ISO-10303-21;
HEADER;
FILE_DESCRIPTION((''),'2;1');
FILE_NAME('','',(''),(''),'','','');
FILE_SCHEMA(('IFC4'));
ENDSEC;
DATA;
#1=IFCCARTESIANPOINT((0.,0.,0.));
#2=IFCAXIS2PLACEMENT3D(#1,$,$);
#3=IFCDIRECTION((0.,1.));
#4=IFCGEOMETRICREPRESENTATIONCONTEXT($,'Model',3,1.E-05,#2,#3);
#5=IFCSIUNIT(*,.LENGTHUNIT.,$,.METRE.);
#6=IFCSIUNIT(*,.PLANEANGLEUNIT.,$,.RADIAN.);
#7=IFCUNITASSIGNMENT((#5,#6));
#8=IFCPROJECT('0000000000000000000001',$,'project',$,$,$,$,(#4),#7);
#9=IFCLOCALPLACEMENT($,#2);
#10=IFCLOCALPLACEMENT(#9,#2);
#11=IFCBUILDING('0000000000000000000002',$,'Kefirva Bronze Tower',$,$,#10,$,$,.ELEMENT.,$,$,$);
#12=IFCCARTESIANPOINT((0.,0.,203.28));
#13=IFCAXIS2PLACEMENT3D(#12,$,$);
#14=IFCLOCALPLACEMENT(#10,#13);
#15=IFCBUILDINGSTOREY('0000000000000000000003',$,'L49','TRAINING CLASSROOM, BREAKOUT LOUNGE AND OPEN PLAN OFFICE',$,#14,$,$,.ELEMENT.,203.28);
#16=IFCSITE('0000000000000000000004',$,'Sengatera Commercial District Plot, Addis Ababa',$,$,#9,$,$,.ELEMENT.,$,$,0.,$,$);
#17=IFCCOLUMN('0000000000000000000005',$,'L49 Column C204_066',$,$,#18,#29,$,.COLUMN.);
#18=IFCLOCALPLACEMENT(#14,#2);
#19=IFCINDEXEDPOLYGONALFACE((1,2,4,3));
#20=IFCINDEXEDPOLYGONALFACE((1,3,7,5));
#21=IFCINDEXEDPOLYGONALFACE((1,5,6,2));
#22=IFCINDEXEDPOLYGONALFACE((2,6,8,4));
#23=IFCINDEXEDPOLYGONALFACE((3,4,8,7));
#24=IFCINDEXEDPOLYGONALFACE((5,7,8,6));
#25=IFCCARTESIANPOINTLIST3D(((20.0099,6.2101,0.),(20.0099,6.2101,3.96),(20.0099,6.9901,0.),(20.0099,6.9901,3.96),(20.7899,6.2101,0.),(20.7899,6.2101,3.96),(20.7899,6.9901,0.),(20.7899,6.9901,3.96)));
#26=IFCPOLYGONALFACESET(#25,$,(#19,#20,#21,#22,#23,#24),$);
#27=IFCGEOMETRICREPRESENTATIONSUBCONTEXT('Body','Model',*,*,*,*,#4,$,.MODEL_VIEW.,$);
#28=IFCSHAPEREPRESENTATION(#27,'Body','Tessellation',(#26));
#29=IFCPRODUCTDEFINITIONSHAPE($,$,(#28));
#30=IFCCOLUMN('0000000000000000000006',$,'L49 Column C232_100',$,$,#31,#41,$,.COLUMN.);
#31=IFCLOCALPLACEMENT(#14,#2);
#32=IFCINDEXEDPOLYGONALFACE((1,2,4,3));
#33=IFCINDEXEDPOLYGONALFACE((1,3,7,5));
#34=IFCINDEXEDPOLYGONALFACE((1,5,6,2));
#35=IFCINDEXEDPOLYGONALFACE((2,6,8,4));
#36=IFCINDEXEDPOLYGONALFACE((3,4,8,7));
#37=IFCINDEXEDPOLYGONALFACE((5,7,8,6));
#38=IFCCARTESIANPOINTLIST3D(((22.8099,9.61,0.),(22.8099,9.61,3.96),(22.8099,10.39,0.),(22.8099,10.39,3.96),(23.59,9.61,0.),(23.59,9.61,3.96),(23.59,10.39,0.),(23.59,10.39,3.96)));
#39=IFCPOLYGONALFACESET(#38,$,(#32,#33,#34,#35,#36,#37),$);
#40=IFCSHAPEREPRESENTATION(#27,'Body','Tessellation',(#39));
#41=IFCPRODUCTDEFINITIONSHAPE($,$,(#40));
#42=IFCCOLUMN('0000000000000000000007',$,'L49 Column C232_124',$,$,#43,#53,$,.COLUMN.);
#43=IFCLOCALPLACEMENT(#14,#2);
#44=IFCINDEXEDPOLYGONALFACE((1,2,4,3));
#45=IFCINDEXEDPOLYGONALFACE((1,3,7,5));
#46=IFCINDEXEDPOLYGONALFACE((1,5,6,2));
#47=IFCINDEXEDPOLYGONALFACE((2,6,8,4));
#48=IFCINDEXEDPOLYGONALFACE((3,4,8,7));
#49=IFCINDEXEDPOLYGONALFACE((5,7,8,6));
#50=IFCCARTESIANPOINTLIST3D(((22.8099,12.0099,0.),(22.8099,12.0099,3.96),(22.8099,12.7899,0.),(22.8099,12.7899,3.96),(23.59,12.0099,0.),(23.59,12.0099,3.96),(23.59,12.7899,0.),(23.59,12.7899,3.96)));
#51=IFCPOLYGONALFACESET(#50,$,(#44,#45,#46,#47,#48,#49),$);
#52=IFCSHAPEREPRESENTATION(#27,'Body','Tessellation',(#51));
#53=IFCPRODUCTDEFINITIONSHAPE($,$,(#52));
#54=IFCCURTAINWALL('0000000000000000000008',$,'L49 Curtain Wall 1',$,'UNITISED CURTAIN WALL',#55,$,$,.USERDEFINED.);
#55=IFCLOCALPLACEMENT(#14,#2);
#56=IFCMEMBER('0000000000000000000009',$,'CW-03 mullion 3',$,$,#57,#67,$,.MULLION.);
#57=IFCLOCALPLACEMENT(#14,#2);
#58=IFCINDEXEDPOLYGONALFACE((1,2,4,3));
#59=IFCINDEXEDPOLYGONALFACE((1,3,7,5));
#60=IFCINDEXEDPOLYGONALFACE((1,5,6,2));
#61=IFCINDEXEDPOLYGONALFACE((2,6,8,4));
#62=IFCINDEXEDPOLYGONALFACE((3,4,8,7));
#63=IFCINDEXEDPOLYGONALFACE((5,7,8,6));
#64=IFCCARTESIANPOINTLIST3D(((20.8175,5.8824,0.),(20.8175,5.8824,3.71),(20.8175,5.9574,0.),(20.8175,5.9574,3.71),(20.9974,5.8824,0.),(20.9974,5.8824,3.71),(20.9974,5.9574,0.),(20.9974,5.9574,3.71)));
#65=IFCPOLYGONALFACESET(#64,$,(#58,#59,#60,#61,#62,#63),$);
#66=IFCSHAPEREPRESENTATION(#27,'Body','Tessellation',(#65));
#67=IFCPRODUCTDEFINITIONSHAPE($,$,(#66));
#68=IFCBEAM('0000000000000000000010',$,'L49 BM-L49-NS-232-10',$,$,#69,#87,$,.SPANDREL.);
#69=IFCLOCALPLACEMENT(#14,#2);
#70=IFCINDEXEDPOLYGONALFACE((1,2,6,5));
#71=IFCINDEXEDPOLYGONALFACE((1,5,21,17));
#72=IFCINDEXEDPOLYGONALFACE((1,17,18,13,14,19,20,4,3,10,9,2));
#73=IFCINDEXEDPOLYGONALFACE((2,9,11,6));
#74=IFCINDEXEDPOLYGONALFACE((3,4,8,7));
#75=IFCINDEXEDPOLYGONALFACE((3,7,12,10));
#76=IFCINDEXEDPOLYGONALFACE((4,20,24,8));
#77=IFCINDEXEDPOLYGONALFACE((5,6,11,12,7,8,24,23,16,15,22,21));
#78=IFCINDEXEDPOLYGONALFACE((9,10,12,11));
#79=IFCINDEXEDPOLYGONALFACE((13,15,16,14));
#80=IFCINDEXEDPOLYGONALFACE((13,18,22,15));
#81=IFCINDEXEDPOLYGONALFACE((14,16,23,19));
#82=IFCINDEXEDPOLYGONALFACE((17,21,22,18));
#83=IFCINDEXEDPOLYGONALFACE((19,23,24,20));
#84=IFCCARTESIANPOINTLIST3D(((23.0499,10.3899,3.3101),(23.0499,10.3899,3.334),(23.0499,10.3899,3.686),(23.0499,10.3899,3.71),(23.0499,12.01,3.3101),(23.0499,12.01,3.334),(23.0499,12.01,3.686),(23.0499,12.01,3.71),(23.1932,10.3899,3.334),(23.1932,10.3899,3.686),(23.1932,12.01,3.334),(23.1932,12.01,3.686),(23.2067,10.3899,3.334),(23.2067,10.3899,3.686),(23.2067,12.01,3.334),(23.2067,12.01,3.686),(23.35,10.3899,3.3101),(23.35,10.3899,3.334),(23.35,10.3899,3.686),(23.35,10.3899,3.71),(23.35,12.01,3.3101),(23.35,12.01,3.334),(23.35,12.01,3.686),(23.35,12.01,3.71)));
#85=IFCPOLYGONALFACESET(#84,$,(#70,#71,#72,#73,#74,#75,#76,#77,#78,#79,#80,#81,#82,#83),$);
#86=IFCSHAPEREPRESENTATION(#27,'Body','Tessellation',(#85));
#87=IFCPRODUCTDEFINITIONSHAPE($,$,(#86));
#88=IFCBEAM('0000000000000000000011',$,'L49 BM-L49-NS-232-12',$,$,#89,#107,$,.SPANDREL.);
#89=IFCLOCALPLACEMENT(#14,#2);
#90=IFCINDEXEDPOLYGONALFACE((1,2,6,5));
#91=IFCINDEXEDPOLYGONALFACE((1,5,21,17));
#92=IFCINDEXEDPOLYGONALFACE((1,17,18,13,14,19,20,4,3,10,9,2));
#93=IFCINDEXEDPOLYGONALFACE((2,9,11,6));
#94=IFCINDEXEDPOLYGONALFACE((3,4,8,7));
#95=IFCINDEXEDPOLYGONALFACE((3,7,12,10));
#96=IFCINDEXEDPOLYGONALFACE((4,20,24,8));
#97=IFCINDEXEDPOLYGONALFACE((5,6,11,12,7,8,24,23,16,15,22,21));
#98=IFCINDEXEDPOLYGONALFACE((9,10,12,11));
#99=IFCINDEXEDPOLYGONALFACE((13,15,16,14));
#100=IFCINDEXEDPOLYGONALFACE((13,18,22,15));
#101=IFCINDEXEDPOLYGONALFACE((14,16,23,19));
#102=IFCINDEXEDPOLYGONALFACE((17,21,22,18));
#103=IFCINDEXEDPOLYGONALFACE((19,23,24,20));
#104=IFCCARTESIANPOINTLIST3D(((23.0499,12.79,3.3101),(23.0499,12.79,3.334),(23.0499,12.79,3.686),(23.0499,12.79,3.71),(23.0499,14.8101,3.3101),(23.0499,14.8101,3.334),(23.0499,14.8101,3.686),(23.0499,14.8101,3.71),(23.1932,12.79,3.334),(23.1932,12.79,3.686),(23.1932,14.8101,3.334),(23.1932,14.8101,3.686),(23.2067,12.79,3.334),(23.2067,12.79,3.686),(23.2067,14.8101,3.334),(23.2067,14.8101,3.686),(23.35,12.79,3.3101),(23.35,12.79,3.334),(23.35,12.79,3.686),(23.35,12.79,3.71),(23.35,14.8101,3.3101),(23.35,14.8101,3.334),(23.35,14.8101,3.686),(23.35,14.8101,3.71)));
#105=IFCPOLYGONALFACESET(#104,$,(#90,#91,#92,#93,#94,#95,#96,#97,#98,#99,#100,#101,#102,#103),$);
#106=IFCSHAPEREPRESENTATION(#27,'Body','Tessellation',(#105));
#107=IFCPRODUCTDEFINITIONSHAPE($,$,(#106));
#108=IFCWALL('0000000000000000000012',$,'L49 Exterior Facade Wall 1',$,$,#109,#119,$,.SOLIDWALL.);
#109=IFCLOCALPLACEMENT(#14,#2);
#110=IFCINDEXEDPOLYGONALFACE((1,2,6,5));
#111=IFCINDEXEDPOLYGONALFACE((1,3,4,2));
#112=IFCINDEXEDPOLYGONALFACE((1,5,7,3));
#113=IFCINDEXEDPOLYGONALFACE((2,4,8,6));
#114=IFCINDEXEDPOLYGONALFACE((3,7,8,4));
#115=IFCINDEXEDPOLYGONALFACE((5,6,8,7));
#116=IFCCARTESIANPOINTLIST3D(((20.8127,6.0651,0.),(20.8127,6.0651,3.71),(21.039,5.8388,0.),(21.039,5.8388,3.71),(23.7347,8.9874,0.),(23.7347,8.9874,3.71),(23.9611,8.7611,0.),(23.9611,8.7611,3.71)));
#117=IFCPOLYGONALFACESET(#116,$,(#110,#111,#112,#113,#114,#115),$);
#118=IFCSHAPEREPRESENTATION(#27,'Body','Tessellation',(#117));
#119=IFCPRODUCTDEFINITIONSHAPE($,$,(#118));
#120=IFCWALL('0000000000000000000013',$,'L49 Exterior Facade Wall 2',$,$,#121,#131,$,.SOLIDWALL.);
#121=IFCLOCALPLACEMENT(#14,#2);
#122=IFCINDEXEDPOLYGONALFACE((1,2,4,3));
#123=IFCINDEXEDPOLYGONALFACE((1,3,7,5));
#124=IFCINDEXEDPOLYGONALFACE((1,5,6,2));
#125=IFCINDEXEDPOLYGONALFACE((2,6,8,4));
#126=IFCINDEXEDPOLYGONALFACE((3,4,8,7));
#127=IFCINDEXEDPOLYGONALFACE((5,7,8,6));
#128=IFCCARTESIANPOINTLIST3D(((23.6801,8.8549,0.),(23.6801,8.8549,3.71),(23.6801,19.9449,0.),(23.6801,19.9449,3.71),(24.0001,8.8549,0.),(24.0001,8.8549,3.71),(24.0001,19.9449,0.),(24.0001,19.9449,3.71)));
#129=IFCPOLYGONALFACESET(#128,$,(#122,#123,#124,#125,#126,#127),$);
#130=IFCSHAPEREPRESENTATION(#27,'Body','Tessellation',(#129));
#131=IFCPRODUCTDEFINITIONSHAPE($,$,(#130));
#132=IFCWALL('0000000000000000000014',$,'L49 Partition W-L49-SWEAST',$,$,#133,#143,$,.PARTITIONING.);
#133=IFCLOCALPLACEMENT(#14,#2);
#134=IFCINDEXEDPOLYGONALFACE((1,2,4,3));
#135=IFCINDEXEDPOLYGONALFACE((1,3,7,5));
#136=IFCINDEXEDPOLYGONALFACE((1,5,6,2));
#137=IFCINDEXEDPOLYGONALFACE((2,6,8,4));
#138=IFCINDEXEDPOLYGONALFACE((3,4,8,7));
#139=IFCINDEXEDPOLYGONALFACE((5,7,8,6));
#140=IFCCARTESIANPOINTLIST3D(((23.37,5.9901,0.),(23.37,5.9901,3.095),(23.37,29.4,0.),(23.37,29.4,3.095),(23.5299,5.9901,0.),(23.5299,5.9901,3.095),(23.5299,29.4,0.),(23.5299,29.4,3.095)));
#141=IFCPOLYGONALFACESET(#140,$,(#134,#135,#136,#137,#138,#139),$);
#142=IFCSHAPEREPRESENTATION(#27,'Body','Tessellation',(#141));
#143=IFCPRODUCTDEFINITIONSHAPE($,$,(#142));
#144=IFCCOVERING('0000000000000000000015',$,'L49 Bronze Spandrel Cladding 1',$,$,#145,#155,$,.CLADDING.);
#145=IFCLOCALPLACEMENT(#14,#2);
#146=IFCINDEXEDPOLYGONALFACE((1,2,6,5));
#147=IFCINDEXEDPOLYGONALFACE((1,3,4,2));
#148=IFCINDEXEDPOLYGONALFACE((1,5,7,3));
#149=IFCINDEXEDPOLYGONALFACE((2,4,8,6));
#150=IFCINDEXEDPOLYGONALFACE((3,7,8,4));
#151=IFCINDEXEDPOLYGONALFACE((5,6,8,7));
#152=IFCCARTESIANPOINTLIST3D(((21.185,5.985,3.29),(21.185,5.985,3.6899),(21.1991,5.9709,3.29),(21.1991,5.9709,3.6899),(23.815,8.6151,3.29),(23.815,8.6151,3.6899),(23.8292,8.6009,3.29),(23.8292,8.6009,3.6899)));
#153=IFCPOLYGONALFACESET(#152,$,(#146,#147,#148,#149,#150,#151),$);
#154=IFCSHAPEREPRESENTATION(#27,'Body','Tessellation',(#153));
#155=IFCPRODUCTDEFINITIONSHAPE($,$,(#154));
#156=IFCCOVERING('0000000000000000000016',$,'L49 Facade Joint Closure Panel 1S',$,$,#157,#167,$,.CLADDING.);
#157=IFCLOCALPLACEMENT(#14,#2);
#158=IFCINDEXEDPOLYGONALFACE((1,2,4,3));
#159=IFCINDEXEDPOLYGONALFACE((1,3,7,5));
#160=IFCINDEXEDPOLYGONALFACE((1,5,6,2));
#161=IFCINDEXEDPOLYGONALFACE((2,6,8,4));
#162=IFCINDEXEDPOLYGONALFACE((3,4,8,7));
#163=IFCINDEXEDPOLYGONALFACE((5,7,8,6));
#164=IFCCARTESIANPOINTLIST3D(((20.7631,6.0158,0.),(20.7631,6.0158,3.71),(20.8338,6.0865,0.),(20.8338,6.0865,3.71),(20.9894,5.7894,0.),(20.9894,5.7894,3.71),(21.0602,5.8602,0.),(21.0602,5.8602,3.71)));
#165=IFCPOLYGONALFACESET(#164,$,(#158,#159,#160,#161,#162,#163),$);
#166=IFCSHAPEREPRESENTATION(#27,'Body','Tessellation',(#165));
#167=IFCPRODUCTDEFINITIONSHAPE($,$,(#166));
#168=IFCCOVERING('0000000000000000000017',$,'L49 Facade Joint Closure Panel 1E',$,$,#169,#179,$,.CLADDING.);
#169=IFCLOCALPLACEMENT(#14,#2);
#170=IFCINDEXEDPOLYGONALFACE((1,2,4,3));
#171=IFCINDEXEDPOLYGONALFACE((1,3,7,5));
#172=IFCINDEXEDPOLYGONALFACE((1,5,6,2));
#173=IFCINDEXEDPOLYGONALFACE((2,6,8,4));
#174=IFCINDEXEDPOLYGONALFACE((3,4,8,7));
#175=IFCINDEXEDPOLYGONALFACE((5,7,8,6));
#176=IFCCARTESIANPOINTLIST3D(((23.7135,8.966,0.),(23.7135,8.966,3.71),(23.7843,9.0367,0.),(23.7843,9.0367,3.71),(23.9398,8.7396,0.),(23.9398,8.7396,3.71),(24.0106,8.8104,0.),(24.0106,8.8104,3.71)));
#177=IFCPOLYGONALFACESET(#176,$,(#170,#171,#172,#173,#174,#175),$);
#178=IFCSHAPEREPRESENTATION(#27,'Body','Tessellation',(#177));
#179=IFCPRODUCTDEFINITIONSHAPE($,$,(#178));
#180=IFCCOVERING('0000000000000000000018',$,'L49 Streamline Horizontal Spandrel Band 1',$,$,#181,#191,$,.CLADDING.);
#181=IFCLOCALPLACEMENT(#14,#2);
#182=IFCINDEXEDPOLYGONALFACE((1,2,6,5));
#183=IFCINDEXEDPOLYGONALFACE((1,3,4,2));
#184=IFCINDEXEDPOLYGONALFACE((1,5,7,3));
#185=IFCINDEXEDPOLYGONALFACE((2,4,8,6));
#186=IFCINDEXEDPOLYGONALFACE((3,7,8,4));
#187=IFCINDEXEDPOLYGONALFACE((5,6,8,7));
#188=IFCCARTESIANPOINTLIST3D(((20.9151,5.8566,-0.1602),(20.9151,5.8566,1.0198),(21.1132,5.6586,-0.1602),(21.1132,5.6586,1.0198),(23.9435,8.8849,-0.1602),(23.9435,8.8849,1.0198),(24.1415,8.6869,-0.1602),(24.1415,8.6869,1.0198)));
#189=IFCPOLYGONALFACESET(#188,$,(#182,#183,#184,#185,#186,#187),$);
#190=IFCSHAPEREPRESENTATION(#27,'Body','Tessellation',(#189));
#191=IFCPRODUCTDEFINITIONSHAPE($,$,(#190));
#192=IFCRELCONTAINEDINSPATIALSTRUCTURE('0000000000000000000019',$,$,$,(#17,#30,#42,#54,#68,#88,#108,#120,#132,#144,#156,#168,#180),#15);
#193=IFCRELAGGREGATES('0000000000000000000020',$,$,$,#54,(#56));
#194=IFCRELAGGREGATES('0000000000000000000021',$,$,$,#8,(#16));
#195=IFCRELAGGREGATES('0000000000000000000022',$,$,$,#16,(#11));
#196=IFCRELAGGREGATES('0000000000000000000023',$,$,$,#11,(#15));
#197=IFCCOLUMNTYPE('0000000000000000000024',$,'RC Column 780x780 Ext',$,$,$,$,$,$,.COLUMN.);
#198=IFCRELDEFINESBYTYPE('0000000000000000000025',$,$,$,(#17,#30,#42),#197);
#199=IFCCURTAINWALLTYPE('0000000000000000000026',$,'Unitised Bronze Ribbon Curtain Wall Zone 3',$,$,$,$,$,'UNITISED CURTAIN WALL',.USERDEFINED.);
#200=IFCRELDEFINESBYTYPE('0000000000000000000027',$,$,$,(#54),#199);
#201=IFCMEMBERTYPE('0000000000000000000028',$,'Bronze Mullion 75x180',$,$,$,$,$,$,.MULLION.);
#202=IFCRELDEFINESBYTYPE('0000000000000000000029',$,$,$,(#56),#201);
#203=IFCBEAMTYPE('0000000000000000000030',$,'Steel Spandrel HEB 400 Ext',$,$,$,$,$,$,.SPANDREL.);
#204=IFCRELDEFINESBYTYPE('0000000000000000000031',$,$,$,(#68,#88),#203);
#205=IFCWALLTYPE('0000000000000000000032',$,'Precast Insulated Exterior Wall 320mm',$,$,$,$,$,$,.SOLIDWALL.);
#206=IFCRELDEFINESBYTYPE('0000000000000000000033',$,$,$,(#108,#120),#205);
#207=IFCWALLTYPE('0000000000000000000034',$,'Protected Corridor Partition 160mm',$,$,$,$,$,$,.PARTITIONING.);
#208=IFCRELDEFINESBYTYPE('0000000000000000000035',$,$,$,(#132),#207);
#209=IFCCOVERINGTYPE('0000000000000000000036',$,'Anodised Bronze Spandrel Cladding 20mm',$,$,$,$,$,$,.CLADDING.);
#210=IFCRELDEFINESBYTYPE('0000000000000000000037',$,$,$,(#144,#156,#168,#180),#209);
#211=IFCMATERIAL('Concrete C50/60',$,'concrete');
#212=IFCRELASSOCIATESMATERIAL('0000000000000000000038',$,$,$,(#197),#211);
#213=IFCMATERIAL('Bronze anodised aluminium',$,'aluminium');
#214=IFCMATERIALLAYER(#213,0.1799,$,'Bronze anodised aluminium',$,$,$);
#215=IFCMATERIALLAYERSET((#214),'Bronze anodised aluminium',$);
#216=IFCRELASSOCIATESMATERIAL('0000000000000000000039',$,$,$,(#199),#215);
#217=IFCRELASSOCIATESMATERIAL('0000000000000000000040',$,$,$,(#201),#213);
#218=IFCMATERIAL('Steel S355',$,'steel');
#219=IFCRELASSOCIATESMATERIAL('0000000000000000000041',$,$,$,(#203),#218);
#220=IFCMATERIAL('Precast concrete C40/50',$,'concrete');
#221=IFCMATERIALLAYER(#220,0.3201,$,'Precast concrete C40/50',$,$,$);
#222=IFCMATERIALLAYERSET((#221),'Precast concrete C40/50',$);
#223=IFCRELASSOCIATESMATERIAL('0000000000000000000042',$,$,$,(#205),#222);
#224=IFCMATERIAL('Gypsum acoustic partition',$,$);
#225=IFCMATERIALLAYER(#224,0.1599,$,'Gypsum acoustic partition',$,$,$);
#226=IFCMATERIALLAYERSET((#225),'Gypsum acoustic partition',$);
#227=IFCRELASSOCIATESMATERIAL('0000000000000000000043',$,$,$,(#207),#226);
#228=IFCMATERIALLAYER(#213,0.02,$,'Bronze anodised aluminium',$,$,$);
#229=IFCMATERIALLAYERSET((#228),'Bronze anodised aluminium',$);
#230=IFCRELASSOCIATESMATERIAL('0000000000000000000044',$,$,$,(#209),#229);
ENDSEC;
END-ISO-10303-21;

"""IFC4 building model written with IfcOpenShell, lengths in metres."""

from ifc_helpers import new_model, si_unit, direction, frame, frame_2d, origin, origin_2d, place, context, subcontext, project, spatial, rectangle, i_section, extrude, material, layer, layer_set, material_profile, profile_set, type_object, element, aggregate, save


model = new_model("IFC4")

# Units and contexts
model_context = context("Model", 3, precision=1e-05, world=origin(), true_north=direction((0.0, 1.0)))
body_context = subcontext(model_context, "Body", "Model", "MODEL_VIEW")
ifc_project = project(units=[si_unit("LENGTHUNIT", "METRE"), si_unit("PLANEANGLEUNIT", "RADIAN")], contexts=[model_context])

# Site, building, storey
site_placement = place(None, origin())
site = spatial("IfcSite", under=ifc_project, at=site_placement, Name="Sengatera Commercial District Plot, Addis Ababa", CompositionType="ELEMENT", RefElevation=0.0)
building_placement = place(site_placement, origin())
building = spatial("IfcBuilding", under=site, at=building_placement, Name="Kefirva Bronze Tower", CompositionType="ELEMENT")
storey_placement = place(building_placement, frame((0.0, 0.0, 203.28)))
storey = spatial("IfcBuildingStorey", under=building, at=storey_placement, Name="L49", Description="TRAINING CLASSROOM, BREAKOUT LOUNGE AND OPEN PLAN OFFICE", CompositionType="ELEMENT", Elevation=203.28)

# Columns
ifc_material_1 = material(Name="Concrete C50/60", Category="concrete")
ifc_material_profile_1 = material_profile(ifc_material_1, rectangle(XDim=0.78, YDim=0.78, at=origin_2d()), Name="RC 780x780")
ifc_profile_set_1 = profile_set([ifc_material_profile_1], Name="Concrete C50/60")
column_type = type_object("IfcColumnType", Name="RC Column 780x780 Ext", PredefinedType="COLUMN", material=ifc_profile_set_1)
for number, where, z_axis, x_axis, name in (
    (1, (20.3999, 6.6001, 0.0), (0.0, 0.0, 1.0), (1.0, 0.0, 0.0), "L49 Column C204_066"),
    (2, (23.2, 10.0, 0.0), (0.0, 0.0, 1.0), (1.0, 0.0, 0.0), "L49 Column C232_100"),
    (3, (23.2, 12.3999, 0.0), (0.0, 0.0, 1.0), (1.0, 0.0, 0.0), "L49 Column C232_124"),
):
    element("IfcColumn", number, at=place(storey_placement, frame(where, z_axis=z_axis, x_axis=x_axis)), inside=storey, type_object=column_type, Name=name, PredefinedType="COLUMN", context=body_context, shape_type="SweptSolid", body=[
        extrude(rectangle(XDim=0.78, YDim=0.78, at=origin_2d()), origin(), (0.0, 0.0, 1.0), 3.96),
    ])

# Curtain wall, member
ifc_material_2 = material(Name="Bronze anodised aluminium", Category="aluminium")
ifc_layer_1 = layer(ifc_material_2, 0.1799, Name="Bronze anodised aluminium")
ifc_layer_set_1 = layer_set([ifc_layer_1], Name="Bronze anodised aluminium")
curtain_wall_type = type_object("IfcCurtainWallType", Name="Unitised Bronze Ribbon Curtain Wall Zone 3", ElementType="UNITISED CURTAIN WALL", PredefinedType="USERDEFINED", material=ifc_layer_set_1)
curtain_wall_placement = place(storey_placement, origin())
curtain_wall = element("IfcCurtainWall", 4, at=curtain_wall_placement, inside=storey, type_object=curtain_wall_type, Name="L49 Curtain Wall 1", ObjectType="UNITISED CURTAIN WALL", PredefinedType="USERDEFINED")
ifc_material_profile_2 = material_profile(ifc_material_2, rectangle(XDim=0.075, YDim=0.1799, at=origin_2d()), Name="ALU 75x180")
ifc_profile_set_2 = profile_set([ifc_material_profile_2], Name="Bronze anodised aluminium")
member_type = type_object("IfcMemberType", Name="Bronze Mullion 75x180", PredefinedType="MULLION", material=ifc_profile_set_2)
member_placement = place(storey_placement, frame((20.9075, 5.9199, 0.0), z_axis=(0.0, 0.0, 1.0), x_axis=(0.0, 1.0, 0.0)))
member = element("IfcMember", 5, at=member_placement, type_object=member_type, Name="CW-03 mullion 3", PredefinedType="MULLION", context=body_context, shape_type="SweptSolid", body=[
    extrude(rectangle(XDim=0.075, YDim=0.1799, at=origin_2d()), origin(), (0.0, 0.0, 1.0), 3.71),
])
aggregate(curtain_wall, [member])

# Beams
ifc_material_3 = material(Name="Steel S355", Category="steel")
ifc_material_profile_3 = material_profile(ifc_material_3, i_section(OverallWidth=0.3, OverallDepth=0.3999, WebThickness=0.0134, FlangeThickness=0.0239, at=origin_2d()), Name="HEB 400")
ifc_profile_set_3 = profile_set([ifc_material_profile_3], Name="Steel S355")
beam_type = type_object("IfcBeamType", Name="Steel Spandrel HEB 400 Ext", PredefinedType="SPANDREL", material=ifc_profile_set_3)
beam_1_placement = place(storey_placement, frame((23.2, 10.3899, 3.51), z_axis=(0.0, 1.0, 0.0), x_axis=(-1.0, 0.0, 0.0)))
element("IfcBeam", 6, at=beam_1_placement, inside=storey, type_object=beam_type, Name="L49 BM-L49-NS-232-10", PredefinedType="SPANDREL", context=body_context, shape_type="SweptSolid", body=[
    extrude(i_section(OverallWidth=0.3, OverallDepth=0.3999, WebThickness=0.0134, FlangeThickness=0.0239, at=origin_2d()), origin(), (0.0, 0.0, 1.0), 1.6201),
])
beam_2_placement = place(storey_placement, frame((23.2, 12.79, 3.51), z_axis=(0.0, 1.0, 0.0), x_axis=(-1.0, 0.0, 0.0)))
element("IfcBeam", 7, at=beam_2_placement, inside=storey, type_object=beam_type, Name="L49 BM-L49-NS-232-12", PredefinedType="SPANDREL", context=body_context, shape_type="SweptSolid", body=[
    extrude(i_section(OverallWidth=0.3, OverallDepth=0.3999, WebThickness=0.0134, FlangeThickness=0.0239, at=origin_2d()), origin(), (0.0, 0.0, 1.0), 2.02),
])

# Walls
ifc_material_4 = material(Name="Precast concrete C40/50", Category="concrete")
ifc_layer_2 = layer(ifc_material_4, 0.3201, Name="Precast concrete C40/50")
ifc_layer_set_2 = layer_set([ifc_layer_2], Name="Precast concrete C40/50")
wall_type_1 = type_object("IfcWallType", Name="Precast Insulated Exterior Wall 320mm", PredefinedType="SOLIDWALL", material=ifc_layer_set_2)
wall_1_placement = place(storey_placement, frame((20.9258, 5.9519, 0.0), z_axis=(0.0, 0.0, 1.0), x_axis=(0.707077, 0.707136, 0.0)))
element("IfcWall", 8, at=wall_1_placement, inside=storey, type_object=wall_type_1, Name="L49 Exterior Facade Wall 1", PredefinedType="SOLIDWALL", context=body_context, shape_type="SweptSolid", body=[
    extrude(rectangle(XDim=4.1326, YDim=0.3201, at=frame_2d((2.0664, 0.0))), origin(), (0.0, 0.0, 1.0), 3.71),
])
wall_2_placement = place(storey_placement, frame((23.8401, 8.855, 0.0), z_axis=(0.0, 0.0, 1.0), x_axis=(0.0, 1.0, 0.0)))
element("IfcWall", 9, at=wall_2_placement, inside=storey, type_object=wall_type_1, Name="L49 Exterior Facade Wall 2", PredefinedType="SOLIDWALL", context=body_context, shape_type="SweptSolid", body=[
    extrude(rectangle(XDim=11.0901, YDim=0.3201, at=frame_2d((5.5449, 0.0))), origin(), (0.0, 0.0, 1.0), 3.71),
])
ifc_material_5 = material(Name="Gypsum acoustic partition")
ifc_layer_3 = layer(ifc_material_5, 0.1599, Name="Gypsum acoustic partition")
ifc_layer_set_3 = layer_set([ifc_layer_3], Name="Gypsum acoustic partition")
wall_type_2 = type_object("IfcWallType", Name="Protected Corridor Partition 160mm", PredefinedType="PARTITIONING", material=ifc_layer_set_3)
wall_3_placement = place(storey_placement, frame((23.45, 5.99, 0.0), z_axis=(0.0, 0.0, 1.0), x_axis=(0.0, 1.0, 0.0)))
element("IfcWall", 10, at=wall_3_placement, inside=storey, type_object=wall_type_2, Name="L49 Partition W-L49-SWEAST", PredefinedType="PARTITIONING", context=body_context, shape_type="SweptSolid", body=[
    extrude(rectangle(XDim=23.4099, YDim=0.1599, at=frame_2d((11.7051, 0.0))), origin(), (0.0, 0.0, 1.0), 3.095),
])

# Coverings
ifc_layer_4 = layer(ifc_material_2, 0.02, Name="Bronze anodised aluminium")
ifc_layer_set_4 = layer_set([ifc_layer_4], Name="Bronze anodised aluminium")
covering_type_1 = type_object("IfcCoveringType", Name="Anodised Bronze Spandrel Cladding 20mm", PredefinedType="CLADDING", material=ifc_layer_set_4)
covering_1_placement = place(storey_placement, frame((22.5071, 7.293, 3.29), z_axis=(0.0, 0.0, 1.0), x_axis=(0.707107, 0.707107, 0.0)))
element("IfcCovering", 11, at=covering_1_placement, inside=storey, type_object=covering_type_1, Name="L49 Bronze Spandrel Cladding 1", PredefinedType="CLADDING", context=body_context, shape_type="SweptSolid", body=[
    extrude(rectangle(XDim=3.7195, YDim=0.02, at=origin_2d()), origin(), (0.0, 0.0, 1.0), 0.3999),
])
for number, where, z_axis, x_axis, name in (
    (12, (20.9116, 5.938, 0.0), (0.0, 0.0, 1.0), (0.707107, 0.707107, 0.0), "L49 Facade Joint Closure Panel 1S"),
    (13, (23.8621, 8.8882, 0.0), (0.0, 0.0, 1.0), (0.707107, 0.707107, 0.0), "L49 Facade Joint Closure Panel 1E"),
):
    element("IfcCovering", number, at=place(storey_placement, frame(where, z_axis=z_axis, x_axis=x_axis)), inside=storey, type_object=covering_type_1, Name=name, PredefinedType="CLADDING", context=body_context, shape_type="SweptSolid", body=[
        extrude(rectangle(XDim=0.1001, YDim=0.3201, at=origin_2d()), origin(), (0.0, 0.0, 1.0), 3.71),
    ])
covering_2_placement = place(storey_placement, frame((22.5283, 7.2717, -0.1602), z_axis=(0.0, 0.0, 1.0), x_axis=(0.707107, 0.707107, 0.0)))
element("IfcCovering", 14, at=covering_2_placement, inside=storey, type_object=covering_type_1, Name="L49 Streamline Horizontal Spandrel Band 1", PredefinedType="CLADDING", context=body_context, shape_type="SweptSolid", body=[
    extrude(rectangle(XDim=4.2827, YDim=0.28, at=origin_2d()), origin(), (0.0, 0.0, 1.0), 1.1799),
])

save(model, "model.ifc")
